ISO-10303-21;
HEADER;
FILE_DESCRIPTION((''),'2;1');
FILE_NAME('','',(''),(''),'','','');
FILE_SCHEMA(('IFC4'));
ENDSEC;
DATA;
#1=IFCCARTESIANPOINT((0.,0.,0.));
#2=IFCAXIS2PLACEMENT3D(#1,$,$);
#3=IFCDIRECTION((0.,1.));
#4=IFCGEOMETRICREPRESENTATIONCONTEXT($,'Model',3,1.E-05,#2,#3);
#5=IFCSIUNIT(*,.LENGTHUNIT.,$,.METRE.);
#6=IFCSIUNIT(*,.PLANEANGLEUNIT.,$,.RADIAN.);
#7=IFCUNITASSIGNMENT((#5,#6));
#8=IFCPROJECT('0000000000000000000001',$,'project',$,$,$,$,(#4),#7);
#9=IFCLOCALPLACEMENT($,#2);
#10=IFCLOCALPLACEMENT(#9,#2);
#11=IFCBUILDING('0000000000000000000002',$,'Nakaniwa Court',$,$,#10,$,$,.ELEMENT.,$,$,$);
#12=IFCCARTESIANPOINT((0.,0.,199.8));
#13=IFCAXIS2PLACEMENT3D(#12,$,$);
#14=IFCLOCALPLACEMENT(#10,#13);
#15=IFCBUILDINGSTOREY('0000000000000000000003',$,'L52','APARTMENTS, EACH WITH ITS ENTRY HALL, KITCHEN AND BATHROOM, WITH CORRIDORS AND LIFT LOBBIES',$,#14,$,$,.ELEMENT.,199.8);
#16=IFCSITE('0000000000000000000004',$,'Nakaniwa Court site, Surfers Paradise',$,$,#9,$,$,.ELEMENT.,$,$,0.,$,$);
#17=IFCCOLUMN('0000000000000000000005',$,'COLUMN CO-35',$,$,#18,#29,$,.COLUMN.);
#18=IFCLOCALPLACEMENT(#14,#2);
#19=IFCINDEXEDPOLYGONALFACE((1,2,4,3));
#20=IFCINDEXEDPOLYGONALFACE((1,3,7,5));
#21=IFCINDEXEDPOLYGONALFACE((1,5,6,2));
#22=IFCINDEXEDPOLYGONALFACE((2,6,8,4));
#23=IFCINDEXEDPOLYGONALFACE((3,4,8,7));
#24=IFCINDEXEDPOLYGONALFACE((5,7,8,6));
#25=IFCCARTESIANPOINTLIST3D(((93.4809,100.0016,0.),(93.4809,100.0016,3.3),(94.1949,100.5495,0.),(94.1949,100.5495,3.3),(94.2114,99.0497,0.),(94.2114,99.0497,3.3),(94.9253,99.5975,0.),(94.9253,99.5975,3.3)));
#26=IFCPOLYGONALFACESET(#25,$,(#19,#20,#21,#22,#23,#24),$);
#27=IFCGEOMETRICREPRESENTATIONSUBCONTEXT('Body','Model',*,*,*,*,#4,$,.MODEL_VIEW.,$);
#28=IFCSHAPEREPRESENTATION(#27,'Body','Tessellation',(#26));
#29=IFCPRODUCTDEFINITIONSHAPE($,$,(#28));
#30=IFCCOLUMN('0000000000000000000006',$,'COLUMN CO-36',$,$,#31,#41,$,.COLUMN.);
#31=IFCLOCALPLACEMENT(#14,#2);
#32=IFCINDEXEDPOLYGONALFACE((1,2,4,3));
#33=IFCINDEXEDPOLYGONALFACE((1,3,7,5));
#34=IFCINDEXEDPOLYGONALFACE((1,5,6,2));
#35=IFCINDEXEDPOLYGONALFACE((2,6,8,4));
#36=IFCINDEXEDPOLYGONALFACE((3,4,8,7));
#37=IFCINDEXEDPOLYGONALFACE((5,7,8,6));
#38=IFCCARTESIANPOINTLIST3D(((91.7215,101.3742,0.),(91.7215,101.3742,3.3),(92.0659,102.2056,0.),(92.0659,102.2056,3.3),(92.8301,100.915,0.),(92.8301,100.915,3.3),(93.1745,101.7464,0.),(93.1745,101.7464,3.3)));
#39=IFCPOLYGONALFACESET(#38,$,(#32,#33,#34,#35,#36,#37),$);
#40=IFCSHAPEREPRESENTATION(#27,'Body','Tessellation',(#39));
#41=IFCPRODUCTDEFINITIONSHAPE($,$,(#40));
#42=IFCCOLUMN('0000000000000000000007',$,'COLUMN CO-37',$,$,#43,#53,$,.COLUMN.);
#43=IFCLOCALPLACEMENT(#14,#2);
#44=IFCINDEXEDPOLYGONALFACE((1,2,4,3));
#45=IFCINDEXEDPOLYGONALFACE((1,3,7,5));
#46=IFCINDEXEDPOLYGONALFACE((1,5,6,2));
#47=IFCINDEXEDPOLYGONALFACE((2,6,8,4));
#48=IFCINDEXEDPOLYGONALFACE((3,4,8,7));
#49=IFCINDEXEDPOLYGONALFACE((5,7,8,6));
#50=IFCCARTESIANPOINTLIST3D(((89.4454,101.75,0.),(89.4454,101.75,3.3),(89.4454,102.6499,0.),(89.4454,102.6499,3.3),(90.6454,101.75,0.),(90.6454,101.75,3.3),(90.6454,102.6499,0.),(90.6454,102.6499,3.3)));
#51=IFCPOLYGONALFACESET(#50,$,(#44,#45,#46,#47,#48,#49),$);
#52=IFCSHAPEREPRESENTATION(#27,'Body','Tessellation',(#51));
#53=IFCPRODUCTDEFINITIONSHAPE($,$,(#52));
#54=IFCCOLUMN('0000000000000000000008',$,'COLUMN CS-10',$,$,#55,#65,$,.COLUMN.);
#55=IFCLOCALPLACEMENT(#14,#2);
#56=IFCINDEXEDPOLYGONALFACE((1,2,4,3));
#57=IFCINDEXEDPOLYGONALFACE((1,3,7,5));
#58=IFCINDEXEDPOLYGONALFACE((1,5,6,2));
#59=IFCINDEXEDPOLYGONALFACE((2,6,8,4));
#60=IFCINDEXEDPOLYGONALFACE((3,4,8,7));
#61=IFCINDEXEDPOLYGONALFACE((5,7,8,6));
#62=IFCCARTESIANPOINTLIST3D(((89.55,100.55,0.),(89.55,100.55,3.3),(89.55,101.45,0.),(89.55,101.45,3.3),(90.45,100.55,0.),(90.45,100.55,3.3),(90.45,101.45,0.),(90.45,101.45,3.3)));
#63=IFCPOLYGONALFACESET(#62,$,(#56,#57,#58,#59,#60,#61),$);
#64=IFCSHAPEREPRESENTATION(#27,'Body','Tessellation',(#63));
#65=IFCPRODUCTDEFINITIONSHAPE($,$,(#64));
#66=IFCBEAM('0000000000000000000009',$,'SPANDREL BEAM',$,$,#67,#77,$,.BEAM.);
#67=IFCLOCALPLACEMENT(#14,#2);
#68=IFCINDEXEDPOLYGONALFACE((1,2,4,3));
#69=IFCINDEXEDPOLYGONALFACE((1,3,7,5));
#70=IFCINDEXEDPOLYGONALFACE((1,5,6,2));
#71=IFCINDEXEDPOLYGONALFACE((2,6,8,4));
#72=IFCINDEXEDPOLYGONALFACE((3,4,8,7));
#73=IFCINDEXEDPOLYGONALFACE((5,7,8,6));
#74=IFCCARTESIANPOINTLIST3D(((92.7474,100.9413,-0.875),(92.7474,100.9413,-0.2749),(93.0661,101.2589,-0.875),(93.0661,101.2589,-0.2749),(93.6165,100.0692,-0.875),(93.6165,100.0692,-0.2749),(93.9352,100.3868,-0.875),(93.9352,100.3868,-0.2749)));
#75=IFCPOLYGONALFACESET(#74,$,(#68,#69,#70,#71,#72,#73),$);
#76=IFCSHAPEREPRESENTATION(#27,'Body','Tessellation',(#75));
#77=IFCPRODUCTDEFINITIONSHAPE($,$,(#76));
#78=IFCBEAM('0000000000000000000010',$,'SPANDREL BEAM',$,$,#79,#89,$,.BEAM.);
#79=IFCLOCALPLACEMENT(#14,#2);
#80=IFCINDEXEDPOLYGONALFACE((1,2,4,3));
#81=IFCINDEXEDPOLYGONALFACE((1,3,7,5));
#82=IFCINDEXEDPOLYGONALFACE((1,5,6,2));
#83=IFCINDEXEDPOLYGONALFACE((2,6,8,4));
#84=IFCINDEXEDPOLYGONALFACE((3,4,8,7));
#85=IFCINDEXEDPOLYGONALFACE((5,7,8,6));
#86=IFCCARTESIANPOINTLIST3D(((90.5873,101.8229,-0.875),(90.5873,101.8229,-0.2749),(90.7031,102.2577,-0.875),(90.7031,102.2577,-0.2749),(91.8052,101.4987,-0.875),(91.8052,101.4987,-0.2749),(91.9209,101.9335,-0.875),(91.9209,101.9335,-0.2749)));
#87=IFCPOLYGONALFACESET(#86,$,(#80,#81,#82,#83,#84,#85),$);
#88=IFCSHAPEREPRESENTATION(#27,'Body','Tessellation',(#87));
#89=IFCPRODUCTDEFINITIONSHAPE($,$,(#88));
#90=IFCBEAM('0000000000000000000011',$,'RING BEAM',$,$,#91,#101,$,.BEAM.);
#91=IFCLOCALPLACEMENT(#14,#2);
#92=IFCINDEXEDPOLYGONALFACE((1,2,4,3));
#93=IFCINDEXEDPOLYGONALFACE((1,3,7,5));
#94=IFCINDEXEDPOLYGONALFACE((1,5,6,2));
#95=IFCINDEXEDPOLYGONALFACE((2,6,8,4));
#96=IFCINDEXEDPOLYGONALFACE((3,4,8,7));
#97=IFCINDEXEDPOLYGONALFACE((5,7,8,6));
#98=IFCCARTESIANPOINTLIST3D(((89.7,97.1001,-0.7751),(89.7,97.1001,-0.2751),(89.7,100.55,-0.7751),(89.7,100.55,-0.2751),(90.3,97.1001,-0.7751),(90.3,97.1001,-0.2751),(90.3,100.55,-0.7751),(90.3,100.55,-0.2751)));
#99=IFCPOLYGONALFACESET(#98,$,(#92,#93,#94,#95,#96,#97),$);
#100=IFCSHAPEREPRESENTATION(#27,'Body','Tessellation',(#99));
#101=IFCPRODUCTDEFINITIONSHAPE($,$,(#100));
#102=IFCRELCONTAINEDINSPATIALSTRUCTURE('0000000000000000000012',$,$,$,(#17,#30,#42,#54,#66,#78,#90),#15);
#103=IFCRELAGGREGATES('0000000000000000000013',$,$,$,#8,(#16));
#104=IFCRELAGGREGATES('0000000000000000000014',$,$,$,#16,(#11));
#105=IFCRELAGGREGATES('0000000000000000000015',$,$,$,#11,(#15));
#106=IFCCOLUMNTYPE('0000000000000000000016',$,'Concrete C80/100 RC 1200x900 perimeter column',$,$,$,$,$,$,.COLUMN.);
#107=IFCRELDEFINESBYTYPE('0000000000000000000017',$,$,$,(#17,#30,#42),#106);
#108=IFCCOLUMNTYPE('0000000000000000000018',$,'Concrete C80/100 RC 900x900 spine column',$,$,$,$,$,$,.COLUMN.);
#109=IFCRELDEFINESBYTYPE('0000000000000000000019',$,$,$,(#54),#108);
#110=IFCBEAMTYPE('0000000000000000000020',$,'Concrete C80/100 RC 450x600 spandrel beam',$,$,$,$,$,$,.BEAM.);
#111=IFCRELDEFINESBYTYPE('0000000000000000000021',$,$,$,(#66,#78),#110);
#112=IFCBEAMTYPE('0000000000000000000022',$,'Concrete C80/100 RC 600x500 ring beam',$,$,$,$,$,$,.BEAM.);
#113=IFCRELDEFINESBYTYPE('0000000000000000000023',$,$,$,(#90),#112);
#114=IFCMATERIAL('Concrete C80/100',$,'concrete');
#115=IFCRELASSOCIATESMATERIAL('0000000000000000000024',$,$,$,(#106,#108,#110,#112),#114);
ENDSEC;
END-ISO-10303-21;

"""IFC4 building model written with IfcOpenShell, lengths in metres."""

from ifc_helpers import new_model, si_unit, direction, frame, origin, origin_2d, place, context, subcontext, project, spatial, rectangle, extrude, material, material_profile, profile_set, type_object, element, save


model = new_model("IFC4")

# Units and contexts
model_context = context("Model", 3, precision=1e-05, world=origin(), true_north=direction((0.0, 1.0)))
body_context = subcontext(model_context, "Body", "Model", "MODEL_VIEW")
ifc_project = project(units=[si_unit("LENGTHUNIT", "METRE"), si_unit("PLANEANGLEUNIT", "RADIAN")], contexts=[model_context])

# Site, building, storey
site_placement = place(None, origin())
site = spatial("IfcSite", under=ifc_project, at=site_placement, Name="Nakaniwa Court site, Surfers Paradise", CompositionType="ELEMENT", RefElevation=0.0)
building_placement = place(site_placement, origin())
building = spatial("IfcBuilding", under=site, at=building_placement, Name="Nakaniwa Court", CompositionType="ELEMENT")
storey_placement = place(building_placement, frame((0.0, 0.0, 199.8)))
storey = spatial("IfcBuildingStorey", under=building, at=storey_placement, Name="L52", Description="APARTMENTS, EACH WITH ITS ENTRY HALL, KITCHEN AND BATHROOM, WITH CORRIDORS AND LIFT LOBBIES", CompositionType="ELEMENT", Elevation=199.8)

# Columns
ifc_material_1 = material(Name="Concrete C80/100", Category="concrete")
ifc_material_profile_1 = material_profile(ifc_material_1, rectangle(XDim=1.2, YDim=0.8999, at=origin_2d()), Name="Concrete C80/100 RC 1200x900 perimeter column")
ifc_profile_set_1 = profile_set([ifc_material_profile_1], Name="Concrete C80/100")
column_type_1 = type_object("IfcColumnType", Name="Concrete C80/100 RC 1200x900 perimeter column", PredefinedType="COLUMN", material=ifc_profile_set_1)
for number, where, z_axis, x_axis, name in (
    (1, (94.2031, 99.7996, 0.0), (0.0, 0.0, 1.0), (-0.608761, 0.793353, 0.0), "COLUMN CO-35"),
    (2, (92.448, 101.5603, 0.0), (0.0, 0.0, 1.0), (-0.92388, 0.382683, 0.0), "COLUMN CO-36"),
    (3, (90.0454, 102.2, 0.0), (0.0, 0.0, 1.0), (-1.0, 0.0, 0.0), "COLUMN CO-37"),
):
    element("IfcColumn", number, at=place(storey_placement, frame(where, z_axis=z_axis, x_axis=x_axis)), inside=storey, type_object=column_type_1, Name=name, PredefinedType="COLUMN", context=body_context, shape_type="SweptSolid", body=[
        extrude(rectangle(XDim=1.2, YDim=0.8999, at=origin_2d()), origin(), (0.0, 0.0, 1.0), 3.3),
    ])
ifc_material_profile_2 = material_profile(ifc_material_1, rectangle(XDim=0.8999, YDim=0.8999, at=origin_2d()), Name="Concrete C80/100 RC 900x900 spine column")
ifc_profile_set_2 = profile_set([ifc_material_profile_2], Name="Concrete C80/100")
column_type_2 = type_object("IfcColumnType", Name="Concrete C80/100 RC 900x900 spine column", PredefinedType="COLUMN", material=ifc_profile_set_2)
column_placement = place(storey_placement, frame((90.0, 101.0, 0.0), z_axis=(0.0, 0.0, 1.0), x_axis=(0.0, 1.0, 0.0)))
element("IfcColumn", 4, at=column_placement, inside=storey, type_object=column_type_2, Name="COLUMN CS-10", PredefinedType="COLUMN", context=body_context, shape_type="SweptSolid", body=[
    extrude(rectangle(XDim=0.8999, YDim=0.8999, at=origin_2d()), origin(), (0.0, 0.0, 1.0), 3.3),
])

# Beams
ifc_material_profile_3 = material_profile(ifc_material_1, rectangle(XDim=0.45, YDim=0.6001, at=origin_2d()), Name="Concrete C80/100 RC 450x600 spandrel beam")
ifc_profile_set_3 = profile_set([ifc_material_profile_3], Name="Concrete C80/100")
beam_type_1 = type_object("IfcBeamType", Name="Concrete C80/100 RC 450x600 spandrel beam", PredefinedType="BEAM", material=ifc_profile_set_3)
beam_1_placement = place(storey_placement, frame((93.7759, 100.228, -0.575), z_axis=(-0.705916, 0.708296, 0.0), x_axis=(-0.708296, -0.705916, 0.0)))
element("IfcBeam", 5, at=beam_1_placement, inside=storey, type_object=beam_type_1, Name="SPANDREL BEAM", PredefinedType="BEAM", context=body_context, shape_type="SweptSolid", body=[
    extrude(rectangle(XDim=0.45, YDim=0.6001, at=origin_2d()), origin(), (0.0, 0.0, 1.0), 1.2312),
])
beam_2_placement = place(storey_placement, frame((91.863, 101.7161, -0.575), z_axis=(-0.966338, 0.257277, 0.0), x_axis=(-0.257277, -0.966338, 0.0)))
element("IfcBeam", 6, at=beam_2_placement, inside=storey, type_object=beam_type_1, Name="SPANDREL BEAM", PredefinedType="BEAM", context=body_context, shape_type="SweptSolid", body=[
    extrude(rectangle(XDim=0.45, YDim=0.6001, at=origin_2d()), origin(), (0.0, 0.0, 1.0), 1.2603),
])
ifc_material_profile_4 = material_profile(ifc_material_1, rectangle(XDim=0.6001, YDim=0.5, at=origin_2d()), Name="Concrete C80/100 RC 600x500 ring beam")
ifc_profile_set_4 = profile_set([ifc_material_profile_4], Name="Concrete C80/100")
beam_type_2 = type_object("IfcBeamType", Name="Concrete C80/100 RC 600x500 ring beam", PredefinedType="BEAM", material=ifc_profile_set_4)
beam_3_placement = place(storey_placement, frame((90.0, 97.1001, -0.5251), z_axis=(0.0, 1.0, 0.0), x_axis=(-1.0, 0.0, 0.0)))
element("IfcBeam", 7, at=beam_3_placement, inside=storey, type_object=beam_type_2, Name="RING BEAM", PredefinedType="BEAM", context=body_context, shape_type="SweptSolid", body=[
    extrude(rectangle(XDim=0.6001, YDim=0.5, at=origin_2d()), origin(), (0.0, 0.0, 1.0), 3.45),
])

save(model, "model.ifc")
